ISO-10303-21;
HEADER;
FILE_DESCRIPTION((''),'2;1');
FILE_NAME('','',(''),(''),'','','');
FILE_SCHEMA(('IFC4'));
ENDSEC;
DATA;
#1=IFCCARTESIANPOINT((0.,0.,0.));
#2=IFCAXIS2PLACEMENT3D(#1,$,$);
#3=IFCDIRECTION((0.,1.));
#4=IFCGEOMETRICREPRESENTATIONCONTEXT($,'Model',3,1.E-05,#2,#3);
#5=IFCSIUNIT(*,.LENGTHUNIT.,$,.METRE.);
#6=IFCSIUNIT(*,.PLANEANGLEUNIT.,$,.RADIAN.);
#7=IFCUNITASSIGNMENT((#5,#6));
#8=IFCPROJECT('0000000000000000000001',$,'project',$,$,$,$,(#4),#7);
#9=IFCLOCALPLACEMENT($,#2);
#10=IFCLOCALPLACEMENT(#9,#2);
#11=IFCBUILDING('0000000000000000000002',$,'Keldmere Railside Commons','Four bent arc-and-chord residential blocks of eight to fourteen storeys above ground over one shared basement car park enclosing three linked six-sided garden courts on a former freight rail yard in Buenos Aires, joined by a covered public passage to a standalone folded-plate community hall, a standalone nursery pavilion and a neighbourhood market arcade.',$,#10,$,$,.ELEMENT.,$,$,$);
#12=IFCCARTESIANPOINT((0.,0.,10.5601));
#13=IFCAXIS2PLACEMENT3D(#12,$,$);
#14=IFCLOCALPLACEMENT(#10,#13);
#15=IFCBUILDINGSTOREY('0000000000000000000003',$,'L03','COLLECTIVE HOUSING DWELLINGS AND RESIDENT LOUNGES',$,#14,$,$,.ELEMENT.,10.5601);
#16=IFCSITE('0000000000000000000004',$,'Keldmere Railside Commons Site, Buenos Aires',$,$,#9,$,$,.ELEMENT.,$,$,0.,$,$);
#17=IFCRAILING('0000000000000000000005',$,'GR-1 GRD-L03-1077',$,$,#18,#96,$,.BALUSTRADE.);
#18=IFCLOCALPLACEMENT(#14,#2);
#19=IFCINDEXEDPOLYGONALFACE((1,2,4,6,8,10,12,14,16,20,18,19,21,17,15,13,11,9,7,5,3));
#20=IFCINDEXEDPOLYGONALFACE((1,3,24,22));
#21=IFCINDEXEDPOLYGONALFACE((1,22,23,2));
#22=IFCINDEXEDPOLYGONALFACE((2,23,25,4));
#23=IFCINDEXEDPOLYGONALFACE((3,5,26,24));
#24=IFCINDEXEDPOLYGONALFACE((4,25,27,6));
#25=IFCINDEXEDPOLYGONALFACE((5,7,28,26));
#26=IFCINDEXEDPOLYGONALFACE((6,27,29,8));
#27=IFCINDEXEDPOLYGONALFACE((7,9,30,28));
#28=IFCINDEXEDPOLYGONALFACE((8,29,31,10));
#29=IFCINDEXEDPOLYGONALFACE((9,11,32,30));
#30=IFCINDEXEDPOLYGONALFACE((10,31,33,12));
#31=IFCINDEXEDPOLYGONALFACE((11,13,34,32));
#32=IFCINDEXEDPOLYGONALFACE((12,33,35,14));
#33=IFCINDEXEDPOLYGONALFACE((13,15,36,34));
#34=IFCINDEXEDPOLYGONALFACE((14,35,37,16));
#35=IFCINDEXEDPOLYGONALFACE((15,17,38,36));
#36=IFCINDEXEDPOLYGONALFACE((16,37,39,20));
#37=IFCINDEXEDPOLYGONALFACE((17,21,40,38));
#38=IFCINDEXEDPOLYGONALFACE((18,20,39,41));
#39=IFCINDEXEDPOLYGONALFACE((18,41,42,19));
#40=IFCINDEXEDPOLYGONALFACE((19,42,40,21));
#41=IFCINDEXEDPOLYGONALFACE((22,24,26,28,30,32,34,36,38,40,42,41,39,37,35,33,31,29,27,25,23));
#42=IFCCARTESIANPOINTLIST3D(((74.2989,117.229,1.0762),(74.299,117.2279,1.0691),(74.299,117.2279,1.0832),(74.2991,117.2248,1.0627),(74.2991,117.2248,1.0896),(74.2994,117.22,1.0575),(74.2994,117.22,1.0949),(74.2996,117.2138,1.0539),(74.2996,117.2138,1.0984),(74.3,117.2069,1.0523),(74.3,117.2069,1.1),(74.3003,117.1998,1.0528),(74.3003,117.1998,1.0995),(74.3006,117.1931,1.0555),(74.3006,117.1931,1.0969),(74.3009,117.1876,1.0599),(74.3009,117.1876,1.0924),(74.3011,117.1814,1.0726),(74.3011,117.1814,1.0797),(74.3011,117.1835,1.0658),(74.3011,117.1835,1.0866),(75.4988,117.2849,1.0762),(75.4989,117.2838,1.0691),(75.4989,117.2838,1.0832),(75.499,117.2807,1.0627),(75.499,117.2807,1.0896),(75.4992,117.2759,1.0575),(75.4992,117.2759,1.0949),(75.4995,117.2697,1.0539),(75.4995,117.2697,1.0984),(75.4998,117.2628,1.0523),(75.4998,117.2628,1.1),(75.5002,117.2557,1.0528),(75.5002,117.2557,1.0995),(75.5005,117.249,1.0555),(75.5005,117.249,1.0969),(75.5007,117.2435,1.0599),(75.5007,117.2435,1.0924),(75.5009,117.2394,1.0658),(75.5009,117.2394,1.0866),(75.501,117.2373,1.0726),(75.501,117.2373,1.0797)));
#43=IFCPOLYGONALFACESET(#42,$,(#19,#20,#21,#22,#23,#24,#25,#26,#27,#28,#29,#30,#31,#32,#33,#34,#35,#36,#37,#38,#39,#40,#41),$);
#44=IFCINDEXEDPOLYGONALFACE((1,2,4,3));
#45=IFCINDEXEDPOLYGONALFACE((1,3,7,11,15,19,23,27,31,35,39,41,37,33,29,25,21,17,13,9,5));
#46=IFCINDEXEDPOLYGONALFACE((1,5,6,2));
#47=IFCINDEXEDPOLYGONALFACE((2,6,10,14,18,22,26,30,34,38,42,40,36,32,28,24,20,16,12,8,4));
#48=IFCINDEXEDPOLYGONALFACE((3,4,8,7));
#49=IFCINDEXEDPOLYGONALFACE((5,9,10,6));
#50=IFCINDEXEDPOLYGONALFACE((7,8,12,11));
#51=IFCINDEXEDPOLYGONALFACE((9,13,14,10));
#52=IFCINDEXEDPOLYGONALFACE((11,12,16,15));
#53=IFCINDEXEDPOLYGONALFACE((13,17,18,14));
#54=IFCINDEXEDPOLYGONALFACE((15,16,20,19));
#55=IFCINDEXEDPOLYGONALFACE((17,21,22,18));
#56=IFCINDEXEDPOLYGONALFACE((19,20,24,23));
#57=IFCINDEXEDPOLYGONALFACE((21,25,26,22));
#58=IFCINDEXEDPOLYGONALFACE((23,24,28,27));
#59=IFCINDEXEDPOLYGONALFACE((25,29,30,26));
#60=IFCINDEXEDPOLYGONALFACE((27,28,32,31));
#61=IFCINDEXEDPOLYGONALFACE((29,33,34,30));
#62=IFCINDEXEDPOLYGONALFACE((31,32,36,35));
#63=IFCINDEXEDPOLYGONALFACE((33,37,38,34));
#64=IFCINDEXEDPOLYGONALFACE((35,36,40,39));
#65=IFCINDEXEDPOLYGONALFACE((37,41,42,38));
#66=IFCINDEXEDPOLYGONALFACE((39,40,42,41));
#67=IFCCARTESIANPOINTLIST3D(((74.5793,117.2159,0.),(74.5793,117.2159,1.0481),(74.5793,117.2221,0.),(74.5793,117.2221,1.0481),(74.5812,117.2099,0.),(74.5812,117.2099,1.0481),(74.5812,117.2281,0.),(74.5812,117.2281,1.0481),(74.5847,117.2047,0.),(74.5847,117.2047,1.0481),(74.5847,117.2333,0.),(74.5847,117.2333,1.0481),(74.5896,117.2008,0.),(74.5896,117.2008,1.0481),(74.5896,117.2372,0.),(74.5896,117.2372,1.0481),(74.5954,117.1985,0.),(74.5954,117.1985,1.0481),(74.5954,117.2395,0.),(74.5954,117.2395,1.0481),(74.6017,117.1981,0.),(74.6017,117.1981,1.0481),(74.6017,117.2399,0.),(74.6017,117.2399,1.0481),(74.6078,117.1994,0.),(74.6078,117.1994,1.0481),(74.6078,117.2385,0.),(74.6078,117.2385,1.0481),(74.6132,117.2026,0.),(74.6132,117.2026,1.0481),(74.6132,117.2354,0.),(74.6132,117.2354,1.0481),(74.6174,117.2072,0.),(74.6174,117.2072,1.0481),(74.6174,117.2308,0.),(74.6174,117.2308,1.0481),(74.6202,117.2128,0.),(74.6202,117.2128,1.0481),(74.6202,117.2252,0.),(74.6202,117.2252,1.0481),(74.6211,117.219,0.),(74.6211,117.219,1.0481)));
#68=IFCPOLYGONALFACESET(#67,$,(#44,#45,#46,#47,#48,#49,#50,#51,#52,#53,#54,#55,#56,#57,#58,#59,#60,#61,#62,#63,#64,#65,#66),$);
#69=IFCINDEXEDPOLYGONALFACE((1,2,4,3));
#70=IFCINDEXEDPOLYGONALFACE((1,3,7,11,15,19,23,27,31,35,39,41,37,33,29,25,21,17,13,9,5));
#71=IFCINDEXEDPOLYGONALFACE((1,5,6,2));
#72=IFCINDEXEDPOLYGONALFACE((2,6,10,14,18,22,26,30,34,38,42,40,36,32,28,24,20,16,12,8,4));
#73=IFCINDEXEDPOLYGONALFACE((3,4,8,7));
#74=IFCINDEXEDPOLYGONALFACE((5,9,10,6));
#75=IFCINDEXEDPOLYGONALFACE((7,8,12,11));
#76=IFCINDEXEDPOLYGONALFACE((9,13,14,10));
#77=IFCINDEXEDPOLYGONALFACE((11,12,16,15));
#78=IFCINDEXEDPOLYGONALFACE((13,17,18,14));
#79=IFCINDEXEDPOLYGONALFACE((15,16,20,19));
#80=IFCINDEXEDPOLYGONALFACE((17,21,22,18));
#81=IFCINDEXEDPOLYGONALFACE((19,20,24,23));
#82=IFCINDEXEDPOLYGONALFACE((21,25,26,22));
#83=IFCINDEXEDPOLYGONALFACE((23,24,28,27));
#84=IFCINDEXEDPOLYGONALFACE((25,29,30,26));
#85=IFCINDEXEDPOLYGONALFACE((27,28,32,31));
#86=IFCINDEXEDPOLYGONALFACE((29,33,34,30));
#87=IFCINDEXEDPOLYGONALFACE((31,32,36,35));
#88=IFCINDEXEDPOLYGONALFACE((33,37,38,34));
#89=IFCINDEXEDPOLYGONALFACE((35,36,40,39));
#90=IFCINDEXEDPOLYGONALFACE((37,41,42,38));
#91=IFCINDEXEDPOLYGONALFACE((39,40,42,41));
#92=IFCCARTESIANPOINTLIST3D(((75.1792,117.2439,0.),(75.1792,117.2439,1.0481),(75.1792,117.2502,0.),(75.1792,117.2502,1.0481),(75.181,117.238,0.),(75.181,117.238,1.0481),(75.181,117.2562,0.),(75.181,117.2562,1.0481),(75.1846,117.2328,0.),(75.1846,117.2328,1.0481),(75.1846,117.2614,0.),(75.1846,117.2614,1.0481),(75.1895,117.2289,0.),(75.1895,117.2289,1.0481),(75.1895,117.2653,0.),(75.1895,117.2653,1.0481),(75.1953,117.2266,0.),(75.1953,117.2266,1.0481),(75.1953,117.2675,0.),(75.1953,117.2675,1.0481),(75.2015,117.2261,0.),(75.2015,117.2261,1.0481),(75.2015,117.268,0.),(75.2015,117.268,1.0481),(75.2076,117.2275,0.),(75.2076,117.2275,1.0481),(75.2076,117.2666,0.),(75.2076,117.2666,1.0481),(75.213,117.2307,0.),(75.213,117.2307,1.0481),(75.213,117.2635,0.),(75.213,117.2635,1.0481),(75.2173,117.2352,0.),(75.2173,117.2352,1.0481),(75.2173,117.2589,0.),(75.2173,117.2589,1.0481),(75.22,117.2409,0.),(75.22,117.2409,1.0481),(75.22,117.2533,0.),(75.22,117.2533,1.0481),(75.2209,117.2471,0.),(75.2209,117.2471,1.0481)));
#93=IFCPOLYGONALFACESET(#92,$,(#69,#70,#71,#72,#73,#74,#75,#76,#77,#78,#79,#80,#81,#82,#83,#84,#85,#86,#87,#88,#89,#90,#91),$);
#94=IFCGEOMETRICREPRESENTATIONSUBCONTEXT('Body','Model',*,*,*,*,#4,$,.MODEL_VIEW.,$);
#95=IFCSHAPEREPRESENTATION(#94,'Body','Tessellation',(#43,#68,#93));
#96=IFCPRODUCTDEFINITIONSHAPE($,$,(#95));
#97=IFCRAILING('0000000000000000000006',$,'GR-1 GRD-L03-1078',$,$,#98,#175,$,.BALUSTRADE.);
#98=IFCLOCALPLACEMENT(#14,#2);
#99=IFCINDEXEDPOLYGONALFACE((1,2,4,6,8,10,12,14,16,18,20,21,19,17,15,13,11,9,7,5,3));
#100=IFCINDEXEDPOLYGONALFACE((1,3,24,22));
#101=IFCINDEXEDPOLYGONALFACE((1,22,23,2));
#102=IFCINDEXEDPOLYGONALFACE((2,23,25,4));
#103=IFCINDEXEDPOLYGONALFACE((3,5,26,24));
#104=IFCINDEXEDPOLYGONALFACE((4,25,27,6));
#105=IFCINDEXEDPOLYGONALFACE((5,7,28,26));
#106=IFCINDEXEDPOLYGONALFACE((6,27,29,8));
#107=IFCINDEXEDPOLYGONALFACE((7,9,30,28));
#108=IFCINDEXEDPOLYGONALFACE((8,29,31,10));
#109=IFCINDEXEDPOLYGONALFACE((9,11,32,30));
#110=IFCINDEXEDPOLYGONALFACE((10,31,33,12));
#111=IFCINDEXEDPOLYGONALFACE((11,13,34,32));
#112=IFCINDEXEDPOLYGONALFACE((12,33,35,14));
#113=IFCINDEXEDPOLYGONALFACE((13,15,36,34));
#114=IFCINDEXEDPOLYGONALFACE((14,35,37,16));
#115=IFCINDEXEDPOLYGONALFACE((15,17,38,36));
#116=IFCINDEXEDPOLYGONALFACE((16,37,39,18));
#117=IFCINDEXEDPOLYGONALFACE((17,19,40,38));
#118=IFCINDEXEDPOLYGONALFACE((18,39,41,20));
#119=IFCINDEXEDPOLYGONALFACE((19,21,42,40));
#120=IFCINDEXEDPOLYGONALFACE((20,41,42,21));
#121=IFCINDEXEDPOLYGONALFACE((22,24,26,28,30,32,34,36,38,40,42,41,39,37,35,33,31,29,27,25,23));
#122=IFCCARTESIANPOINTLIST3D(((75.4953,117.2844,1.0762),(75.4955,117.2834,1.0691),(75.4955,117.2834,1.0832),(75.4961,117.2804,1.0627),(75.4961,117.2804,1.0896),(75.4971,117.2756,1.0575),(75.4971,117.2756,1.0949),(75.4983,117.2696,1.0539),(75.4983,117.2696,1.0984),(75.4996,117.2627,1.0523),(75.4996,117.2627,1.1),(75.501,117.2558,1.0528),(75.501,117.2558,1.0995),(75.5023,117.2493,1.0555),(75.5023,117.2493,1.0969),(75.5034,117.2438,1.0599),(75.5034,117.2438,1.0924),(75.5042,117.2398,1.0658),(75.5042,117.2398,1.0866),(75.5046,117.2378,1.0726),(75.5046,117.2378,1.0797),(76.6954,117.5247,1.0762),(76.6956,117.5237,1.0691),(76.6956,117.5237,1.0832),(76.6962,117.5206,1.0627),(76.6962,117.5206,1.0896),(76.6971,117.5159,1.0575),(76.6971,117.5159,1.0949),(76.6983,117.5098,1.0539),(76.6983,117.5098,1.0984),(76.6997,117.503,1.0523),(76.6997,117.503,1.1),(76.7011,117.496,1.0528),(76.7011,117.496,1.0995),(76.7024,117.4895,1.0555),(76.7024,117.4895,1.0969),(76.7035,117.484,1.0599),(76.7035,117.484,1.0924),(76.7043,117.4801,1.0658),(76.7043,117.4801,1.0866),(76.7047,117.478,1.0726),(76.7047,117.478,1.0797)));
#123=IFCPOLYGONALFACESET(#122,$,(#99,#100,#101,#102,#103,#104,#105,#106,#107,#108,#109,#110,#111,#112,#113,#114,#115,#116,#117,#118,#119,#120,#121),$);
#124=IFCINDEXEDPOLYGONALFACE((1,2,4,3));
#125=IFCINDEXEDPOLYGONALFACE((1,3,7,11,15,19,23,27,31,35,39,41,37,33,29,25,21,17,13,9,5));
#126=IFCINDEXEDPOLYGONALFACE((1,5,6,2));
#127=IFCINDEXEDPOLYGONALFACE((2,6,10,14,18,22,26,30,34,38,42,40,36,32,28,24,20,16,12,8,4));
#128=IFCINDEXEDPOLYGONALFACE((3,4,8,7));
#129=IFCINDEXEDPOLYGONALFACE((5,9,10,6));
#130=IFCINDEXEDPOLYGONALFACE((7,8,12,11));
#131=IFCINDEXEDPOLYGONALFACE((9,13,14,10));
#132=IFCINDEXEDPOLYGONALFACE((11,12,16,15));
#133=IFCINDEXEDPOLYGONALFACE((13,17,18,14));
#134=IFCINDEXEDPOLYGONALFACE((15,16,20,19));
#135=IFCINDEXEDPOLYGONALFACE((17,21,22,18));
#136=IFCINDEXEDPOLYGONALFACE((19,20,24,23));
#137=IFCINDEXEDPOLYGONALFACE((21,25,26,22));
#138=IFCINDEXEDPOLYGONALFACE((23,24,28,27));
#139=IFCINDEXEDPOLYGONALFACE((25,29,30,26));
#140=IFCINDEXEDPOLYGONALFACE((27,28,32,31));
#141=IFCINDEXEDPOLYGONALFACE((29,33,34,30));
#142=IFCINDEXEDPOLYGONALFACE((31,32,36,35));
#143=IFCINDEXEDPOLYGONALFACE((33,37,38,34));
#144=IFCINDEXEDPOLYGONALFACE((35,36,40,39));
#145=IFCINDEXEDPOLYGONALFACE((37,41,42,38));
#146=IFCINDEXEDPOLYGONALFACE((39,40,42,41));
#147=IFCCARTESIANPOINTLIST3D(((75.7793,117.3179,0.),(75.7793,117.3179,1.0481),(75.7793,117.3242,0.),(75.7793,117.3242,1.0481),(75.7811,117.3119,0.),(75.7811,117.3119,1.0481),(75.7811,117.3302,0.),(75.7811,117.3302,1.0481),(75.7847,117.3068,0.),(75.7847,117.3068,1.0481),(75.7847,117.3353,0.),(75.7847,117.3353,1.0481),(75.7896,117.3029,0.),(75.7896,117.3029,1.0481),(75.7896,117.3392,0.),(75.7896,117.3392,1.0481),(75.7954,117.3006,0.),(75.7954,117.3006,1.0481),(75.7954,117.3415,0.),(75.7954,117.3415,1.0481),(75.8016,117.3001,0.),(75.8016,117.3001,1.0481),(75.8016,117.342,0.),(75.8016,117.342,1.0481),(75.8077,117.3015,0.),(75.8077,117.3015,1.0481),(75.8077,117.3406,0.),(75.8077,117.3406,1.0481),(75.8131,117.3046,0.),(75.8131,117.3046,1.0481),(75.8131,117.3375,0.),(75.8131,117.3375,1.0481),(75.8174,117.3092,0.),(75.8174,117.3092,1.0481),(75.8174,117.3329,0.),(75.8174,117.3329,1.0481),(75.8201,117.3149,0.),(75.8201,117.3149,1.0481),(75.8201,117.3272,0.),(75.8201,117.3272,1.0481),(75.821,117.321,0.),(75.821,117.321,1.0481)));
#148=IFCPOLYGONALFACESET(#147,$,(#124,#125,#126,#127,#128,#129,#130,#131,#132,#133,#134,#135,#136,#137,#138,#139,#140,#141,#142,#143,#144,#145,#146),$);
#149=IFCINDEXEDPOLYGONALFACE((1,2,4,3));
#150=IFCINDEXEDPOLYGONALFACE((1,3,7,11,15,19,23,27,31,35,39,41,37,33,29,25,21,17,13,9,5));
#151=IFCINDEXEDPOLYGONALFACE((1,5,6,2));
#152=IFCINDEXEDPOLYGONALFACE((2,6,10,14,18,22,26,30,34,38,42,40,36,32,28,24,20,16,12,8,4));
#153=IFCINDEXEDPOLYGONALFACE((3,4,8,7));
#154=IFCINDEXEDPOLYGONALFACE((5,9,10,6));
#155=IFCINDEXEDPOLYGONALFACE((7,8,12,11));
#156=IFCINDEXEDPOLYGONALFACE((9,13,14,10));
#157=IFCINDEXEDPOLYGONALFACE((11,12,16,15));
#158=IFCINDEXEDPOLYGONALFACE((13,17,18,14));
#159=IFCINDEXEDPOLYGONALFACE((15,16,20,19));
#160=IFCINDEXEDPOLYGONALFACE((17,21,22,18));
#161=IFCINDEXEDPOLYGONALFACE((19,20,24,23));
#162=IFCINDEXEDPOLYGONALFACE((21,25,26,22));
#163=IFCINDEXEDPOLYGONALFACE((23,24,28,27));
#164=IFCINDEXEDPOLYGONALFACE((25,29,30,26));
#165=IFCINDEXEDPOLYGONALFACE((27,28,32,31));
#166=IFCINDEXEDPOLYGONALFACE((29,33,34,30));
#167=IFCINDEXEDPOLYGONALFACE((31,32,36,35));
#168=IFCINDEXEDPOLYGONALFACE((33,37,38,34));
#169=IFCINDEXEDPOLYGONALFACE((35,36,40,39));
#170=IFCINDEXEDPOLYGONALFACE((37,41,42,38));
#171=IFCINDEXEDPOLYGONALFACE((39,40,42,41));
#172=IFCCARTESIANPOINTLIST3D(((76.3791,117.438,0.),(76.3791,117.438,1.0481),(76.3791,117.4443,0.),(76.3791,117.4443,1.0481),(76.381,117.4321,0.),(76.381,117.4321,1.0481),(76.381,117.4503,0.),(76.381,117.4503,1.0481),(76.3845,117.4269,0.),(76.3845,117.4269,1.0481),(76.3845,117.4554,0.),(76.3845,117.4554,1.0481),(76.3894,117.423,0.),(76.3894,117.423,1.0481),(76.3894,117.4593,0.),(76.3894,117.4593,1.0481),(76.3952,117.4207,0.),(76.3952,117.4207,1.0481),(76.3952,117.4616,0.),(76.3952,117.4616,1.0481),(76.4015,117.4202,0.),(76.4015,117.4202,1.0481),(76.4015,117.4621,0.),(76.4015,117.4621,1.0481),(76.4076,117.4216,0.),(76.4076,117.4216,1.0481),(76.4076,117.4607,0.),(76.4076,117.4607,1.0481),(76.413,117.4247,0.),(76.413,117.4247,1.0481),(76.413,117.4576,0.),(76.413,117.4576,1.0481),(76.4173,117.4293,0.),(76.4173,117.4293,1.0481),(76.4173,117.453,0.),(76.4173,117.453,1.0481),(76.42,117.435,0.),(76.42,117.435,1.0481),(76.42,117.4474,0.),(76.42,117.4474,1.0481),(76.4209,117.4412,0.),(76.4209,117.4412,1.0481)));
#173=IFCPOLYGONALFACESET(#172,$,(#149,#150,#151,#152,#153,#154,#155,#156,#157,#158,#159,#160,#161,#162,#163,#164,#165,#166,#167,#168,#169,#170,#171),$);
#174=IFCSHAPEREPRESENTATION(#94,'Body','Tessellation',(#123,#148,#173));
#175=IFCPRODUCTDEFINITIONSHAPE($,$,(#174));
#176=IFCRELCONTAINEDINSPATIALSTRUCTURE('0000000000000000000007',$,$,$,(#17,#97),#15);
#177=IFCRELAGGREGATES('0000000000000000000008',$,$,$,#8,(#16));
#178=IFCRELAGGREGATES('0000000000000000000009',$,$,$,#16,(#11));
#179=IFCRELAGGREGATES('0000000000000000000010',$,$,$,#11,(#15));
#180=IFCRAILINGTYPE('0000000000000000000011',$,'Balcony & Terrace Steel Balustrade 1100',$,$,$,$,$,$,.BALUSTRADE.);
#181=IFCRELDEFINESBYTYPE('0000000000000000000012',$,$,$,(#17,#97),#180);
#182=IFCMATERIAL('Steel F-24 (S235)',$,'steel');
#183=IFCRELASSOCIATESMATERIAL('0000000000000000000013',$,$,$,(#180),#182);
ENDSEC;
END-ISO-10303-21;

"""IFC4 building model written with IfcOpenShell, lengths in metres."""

from ifc_helpers import new_model, si_unit, direction, frame, origin, origin_2d, place, context, subcontext, project, spatial, circle, extrude, material, type_object, element, save


model = new_model("IFC4")

# Units and contexts
model_context = context("Model", 3, precision=1e-05, world=origin(), true_north=direction((0.0, 1.0)))
body_context = subcontext(model_context, "Body", "Model", "MODEL_VIEW")
ifc_project = project(units=[si_unit("LENGTHUNIT", "METRE"), si_unit("PLANEANGLEUNIT", "RADIAN")], contexts=[model_context])

# Site, building, storey
site_placement = place(None, origin())
site = spatial("IfcSite", under=ifc_project, at=site_placement, Name="Keldmere Railside Commons Site, Buenos Aires", CompositionType="ELEMENT", RefElevation=0.0)
building_placement = place(site_placement, origin())
building = spatial("IfcBuilding", under=site, at=building_placement, Name="Keldmere Railside Commons", Description="Four bent arc-and-chord residential blocks of eight to fourteen storeys above ground over one shared basement car park enclosing three linked six-sided garden courts on a former freight rail yard in Buenos Aires, joined by a covered public passage to a standalone folded-plate community hall, a standalone nursery pavilion and a neighbourhood market arcade.", CompositionType="ELEMENT")
storey_placement = place(building_placement, frame((0.0, 0.0, 10.5601)))
storey = spatial("IfcBuildingStorey", under=building, at=storey_placement, Name="L03", Description="COLLECTIVE HOUSING DWELLINGS AND RESIDENT LOUNGES", CompositionType="ELEMENT", Elevation=10.5601)

# Shared definitions
ifc_material_1 = material(Name="Steel F-24 (S235)", Category="steel")

# Railings
railing_type_1 = type_object("IfcRailingType", Name="Balcony & Terrace Steel Balustrade 1100", PredefinedType="BALUSTRADE", material=ifc_material_1)
railing_1_placement = place(storey_placement, frame((74.3, 117.2051, 0.0)))
element("IfcRailing", 1, at=railing_1_placement, inside=storey, type_object=railing_type_1, Name="GR-1 GRD-L03-1077", PredefinedType="BALUSTRADE", context=body_context, shape_type="SweptSolid", body=[
    extrude(circle(Radius=0.0239, at=origin_2d()), frame((0.0, 0.0, 1.0762), z_axis=(0.998916, 0.046542, 0.0), x_axis=(-0.046542, 0.998916, 0.0)), (0.0, 0.0, 1.0), 1.2012),
    extrude(circle(Radius=0.021, at=origin_2d()), frame((0.3, 0.0139, 0.0)), (0.0, 0.0, 1.0), 1.0481),
    extrude(circle(Radius=0.021, at=origin_2d()), frame((0.8999, 0.042, 0.0)), (0.0, 0.0, 1.0), 1.0481),
])
railing_2_placement = place(storey_placement, frame((75.5, 117.261, 0.0)))
element("IfcRailing", 2, at=railing_2_placement, inside=storey, type_object=railing_type_1, Name="GR-1 GRD-L03-1078", PredefinedType="BALUSTRADE", context=body_context, shape_type="SweptSolid", body=[
    extrude(circle(Radius=0.0239, at=origin_2d()), frame((0.0, 0.0, 1.0762), z_axis=(0.980542, 0.196308, 0.0), x_axis=(-0.196308, 0.980542, 0.0)), (0.0, 0.0, 1.0), 1.2239),
    extrude(circle(Radius=0.021, at=origin_2d()), frame((0.3, 0.0601, 0.0)), (0.0, 0.0, 1.0), 1.0481),
    extrude(circle(Radius=0.021, at=origin_2d()), frame((0.8999, 0.1802, 0.0)), (0.0, 0.0, 1.0), 1.0481),
])

save(model, "model.ifc")
